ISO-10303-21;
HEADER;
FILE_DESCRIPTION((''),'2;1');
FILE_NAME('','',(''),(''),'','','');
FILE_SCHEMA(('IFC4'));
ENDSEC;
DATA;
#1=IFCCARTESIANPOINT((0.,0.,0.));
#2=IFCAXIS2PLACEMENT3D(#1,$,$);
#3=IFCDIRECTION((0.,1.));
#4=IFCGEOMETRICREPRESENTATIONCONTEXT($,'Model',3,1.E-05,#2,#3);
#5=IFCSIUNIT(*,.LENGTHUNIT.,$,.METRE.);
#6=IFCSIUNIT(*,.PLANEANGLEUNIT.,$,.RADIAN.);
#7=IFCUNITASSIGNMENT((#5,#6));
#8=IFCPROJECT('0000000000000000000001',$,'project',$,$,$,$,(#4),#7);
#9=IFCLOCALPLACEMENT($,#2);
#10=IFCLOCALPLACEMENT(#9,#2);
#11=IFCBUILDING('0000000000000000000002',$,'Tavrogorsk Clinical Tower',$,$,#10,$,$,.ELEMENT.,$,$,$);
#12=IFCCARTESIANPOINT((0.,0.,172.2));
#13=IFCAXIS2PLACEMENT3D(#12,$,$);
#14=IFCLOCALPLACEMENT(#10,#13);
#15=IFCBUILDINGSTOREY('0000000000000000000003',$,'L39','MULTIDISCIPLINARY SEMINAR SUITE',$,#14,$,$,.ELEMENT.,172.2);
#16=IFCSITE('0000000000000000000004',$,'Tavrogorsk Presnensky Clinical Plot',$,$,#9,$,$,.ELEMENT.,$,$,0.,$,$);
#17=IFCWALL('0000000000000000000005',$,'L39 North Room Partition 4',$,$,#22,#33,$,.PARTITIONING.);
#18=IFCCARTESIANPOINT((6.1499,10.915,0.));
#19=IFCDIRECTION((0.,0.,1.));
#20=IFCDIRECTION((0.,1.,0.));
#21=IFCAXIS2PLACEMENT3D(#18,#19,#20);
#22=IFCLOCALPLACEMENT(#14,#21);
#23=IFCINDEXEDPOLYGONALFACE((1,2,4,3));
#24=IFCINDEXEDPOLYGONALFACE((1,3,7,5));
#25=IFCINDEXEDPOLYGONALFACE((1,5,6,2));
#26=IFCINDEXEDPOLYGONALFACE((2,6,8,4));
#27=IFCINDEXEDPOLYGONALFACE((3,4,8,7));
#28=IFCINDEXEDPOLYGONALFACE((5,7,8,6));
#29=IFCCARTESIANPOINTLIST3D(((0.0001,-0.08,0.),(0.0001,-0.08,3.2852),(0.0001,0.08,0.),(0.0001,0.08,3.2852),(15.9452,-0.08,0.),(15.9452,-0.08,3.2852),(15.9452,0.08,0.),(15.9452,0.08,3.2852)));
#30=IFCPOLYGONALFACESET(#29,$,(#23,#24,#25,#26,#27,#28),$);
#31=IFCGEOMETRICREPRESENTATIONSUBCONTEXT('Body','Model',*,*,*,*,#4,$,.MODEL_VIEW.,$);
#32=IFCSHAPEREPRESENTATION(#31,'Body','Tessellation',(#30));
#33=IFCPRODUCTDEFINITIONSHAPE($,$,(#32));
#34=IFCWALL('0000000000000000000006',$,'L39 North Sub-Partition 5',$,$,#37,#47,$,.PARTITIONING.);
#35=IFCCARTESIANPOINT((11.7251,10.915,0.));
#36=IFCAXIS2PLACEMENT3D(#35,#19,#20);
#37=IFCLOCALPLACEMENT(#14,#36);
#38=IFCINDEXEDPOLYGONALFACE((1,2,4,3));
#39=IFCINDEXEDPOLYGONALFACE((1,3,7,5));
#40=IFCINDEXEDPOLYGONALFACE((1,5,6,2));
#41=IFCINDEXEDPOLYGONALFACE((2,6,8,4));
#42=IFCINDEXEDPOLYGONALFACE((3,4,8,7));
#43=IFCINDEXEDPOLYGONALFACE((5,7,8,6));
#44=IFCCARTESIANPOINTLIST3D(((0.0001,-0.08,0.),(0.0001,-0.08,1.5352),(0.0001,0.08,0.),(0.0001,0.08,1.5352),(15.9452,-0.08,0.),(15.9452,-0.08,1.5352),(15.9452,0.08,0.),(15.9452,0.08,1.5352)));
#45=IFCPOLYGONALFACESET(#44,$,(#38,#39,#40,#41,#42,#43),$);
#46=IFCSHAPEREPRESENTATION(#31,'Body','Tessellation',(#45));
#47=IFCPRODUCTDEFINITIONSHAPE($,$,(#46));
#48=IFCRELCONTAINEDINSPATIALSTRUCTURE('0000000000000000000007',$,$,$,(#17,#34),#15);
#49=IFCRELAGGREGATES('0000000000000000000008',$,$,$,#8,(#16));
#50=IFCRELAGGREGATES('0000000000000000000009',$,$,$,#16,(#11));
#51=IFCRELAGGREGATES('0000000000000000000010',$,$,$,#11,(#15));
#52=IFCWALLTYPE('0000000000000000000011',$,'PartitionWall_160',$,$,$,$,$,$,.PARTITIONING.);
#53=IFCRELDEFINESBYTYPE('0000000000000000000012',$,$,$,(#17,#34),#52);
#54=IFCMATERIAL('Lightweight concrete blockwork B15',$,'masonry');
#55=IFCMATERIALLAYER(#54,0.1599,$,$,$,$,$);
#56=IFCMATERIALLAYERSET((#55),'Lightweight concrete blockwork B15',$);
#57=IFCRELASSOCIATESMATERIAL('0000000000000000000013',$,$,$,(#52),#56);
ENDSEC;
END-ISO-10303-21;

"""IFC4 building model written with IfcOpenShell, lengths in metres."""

from ifc_helpers import new_model, si_unit, direction, frame, frame_2d, origin, place, context, subcontext, project, spatial, rectangle, extrude, material, layer, layer_set, type_object, element, save


model = new_model("IFC4")

# Units and contexts
model_context = context("Model", 3, precision=1e-05, world=origin(), true_north=direction((0.0, 1.0)))
body_context = subcontext(model_context, "Body", "Model", "MODEL_VIEW")
ifc_project = project(units=[si_unit("LENGTHUNIT", "METRE"), si_unit("PLANEANGLEUNIT", "RADIAN")], contexts=[model_context])

# Site, building, storey
site_placement = place(None, origin())
site = spatial("IfcSite", under=ifc_project, at=site_placement, Name="Tavrogorsk Presnensky Clinical Plot", CompositionType="ELEMENT", RefElevation=0.0)
building_placement = place(site_placement, origin())
building = spatial("IfcBuilding", under=site, at=building_placement, Name="Tavrogorsk Clinical Tower", CompositionType="ELEMENT")
storey_placement = place(building_placement, frame((0.0, 0.0, 172.2)))
storey = spatial("IfcBuildingStorey", under=building, at=storey_placement, Name="L39", Description="MULTIDISCIPLINARY SEMINAR SUITE", CompositionType="ELEMENT", Elevation=172.2)

# Shared definitions
ifc_material_1 = material(Name="Lightweight concrete blockwork B15", Category="masonry")
ifc_layer_1 = layer(ifc_material_1, 0.1599)
ifc_layer_set_1 = layer_set([ifc_layer_1], Name="Lightweight concrete blockwork B15")
wall_type_1 = type_object("IfcWallType", Name="PartitionWall_160", PredefinedType="PARTITIONING", material=ifc_layer_set_1)

# Walls
wall_1_placement = place(storey_placement, frame((6.1499, 10.915, 0.0), z_axis=(0.0, 0.0, 1.0), x_axis=(0.0, 1.0, 0.0)))
element("IfcWall", 1, at=wall_1_placement, inside=storey, type_object=wall_type_1, Name="L39 North Room Partition 4", PredefinedType="PARTITIONING", context=body_context, shape_type="SweptSolid", body=[
    extrude(rectangle(XDim=15.9451, YDim=0.1599, at=frame_2d((7.9727, 0.0))), origin(), (0.0, 0.0, 1.0), 3.2852),
])
wall_2_placement = place(storey_placement, frame((11.7251, 10.915, 0.0), z_axis=(0.0, 0.0, 1.0), x_axis=(0.0, 1.0, 0.0)))
element("IfcWall", 2, at=wall_2_placement, inside=storey, type_object=wall_type_1, Name="L39 North Sub-Partition 5", PredefinedType="PARTITIONING", context=body_context, shape_type="SweptSolid", body=[
    extrude(rectangle(XDim=15.9451, YDim=0.1599, at=frame_2d((7.9727, 0.0))), origin(), (0.0, 0.0, 1.0), 1.5352),
])

save(model, "model.ifc")
